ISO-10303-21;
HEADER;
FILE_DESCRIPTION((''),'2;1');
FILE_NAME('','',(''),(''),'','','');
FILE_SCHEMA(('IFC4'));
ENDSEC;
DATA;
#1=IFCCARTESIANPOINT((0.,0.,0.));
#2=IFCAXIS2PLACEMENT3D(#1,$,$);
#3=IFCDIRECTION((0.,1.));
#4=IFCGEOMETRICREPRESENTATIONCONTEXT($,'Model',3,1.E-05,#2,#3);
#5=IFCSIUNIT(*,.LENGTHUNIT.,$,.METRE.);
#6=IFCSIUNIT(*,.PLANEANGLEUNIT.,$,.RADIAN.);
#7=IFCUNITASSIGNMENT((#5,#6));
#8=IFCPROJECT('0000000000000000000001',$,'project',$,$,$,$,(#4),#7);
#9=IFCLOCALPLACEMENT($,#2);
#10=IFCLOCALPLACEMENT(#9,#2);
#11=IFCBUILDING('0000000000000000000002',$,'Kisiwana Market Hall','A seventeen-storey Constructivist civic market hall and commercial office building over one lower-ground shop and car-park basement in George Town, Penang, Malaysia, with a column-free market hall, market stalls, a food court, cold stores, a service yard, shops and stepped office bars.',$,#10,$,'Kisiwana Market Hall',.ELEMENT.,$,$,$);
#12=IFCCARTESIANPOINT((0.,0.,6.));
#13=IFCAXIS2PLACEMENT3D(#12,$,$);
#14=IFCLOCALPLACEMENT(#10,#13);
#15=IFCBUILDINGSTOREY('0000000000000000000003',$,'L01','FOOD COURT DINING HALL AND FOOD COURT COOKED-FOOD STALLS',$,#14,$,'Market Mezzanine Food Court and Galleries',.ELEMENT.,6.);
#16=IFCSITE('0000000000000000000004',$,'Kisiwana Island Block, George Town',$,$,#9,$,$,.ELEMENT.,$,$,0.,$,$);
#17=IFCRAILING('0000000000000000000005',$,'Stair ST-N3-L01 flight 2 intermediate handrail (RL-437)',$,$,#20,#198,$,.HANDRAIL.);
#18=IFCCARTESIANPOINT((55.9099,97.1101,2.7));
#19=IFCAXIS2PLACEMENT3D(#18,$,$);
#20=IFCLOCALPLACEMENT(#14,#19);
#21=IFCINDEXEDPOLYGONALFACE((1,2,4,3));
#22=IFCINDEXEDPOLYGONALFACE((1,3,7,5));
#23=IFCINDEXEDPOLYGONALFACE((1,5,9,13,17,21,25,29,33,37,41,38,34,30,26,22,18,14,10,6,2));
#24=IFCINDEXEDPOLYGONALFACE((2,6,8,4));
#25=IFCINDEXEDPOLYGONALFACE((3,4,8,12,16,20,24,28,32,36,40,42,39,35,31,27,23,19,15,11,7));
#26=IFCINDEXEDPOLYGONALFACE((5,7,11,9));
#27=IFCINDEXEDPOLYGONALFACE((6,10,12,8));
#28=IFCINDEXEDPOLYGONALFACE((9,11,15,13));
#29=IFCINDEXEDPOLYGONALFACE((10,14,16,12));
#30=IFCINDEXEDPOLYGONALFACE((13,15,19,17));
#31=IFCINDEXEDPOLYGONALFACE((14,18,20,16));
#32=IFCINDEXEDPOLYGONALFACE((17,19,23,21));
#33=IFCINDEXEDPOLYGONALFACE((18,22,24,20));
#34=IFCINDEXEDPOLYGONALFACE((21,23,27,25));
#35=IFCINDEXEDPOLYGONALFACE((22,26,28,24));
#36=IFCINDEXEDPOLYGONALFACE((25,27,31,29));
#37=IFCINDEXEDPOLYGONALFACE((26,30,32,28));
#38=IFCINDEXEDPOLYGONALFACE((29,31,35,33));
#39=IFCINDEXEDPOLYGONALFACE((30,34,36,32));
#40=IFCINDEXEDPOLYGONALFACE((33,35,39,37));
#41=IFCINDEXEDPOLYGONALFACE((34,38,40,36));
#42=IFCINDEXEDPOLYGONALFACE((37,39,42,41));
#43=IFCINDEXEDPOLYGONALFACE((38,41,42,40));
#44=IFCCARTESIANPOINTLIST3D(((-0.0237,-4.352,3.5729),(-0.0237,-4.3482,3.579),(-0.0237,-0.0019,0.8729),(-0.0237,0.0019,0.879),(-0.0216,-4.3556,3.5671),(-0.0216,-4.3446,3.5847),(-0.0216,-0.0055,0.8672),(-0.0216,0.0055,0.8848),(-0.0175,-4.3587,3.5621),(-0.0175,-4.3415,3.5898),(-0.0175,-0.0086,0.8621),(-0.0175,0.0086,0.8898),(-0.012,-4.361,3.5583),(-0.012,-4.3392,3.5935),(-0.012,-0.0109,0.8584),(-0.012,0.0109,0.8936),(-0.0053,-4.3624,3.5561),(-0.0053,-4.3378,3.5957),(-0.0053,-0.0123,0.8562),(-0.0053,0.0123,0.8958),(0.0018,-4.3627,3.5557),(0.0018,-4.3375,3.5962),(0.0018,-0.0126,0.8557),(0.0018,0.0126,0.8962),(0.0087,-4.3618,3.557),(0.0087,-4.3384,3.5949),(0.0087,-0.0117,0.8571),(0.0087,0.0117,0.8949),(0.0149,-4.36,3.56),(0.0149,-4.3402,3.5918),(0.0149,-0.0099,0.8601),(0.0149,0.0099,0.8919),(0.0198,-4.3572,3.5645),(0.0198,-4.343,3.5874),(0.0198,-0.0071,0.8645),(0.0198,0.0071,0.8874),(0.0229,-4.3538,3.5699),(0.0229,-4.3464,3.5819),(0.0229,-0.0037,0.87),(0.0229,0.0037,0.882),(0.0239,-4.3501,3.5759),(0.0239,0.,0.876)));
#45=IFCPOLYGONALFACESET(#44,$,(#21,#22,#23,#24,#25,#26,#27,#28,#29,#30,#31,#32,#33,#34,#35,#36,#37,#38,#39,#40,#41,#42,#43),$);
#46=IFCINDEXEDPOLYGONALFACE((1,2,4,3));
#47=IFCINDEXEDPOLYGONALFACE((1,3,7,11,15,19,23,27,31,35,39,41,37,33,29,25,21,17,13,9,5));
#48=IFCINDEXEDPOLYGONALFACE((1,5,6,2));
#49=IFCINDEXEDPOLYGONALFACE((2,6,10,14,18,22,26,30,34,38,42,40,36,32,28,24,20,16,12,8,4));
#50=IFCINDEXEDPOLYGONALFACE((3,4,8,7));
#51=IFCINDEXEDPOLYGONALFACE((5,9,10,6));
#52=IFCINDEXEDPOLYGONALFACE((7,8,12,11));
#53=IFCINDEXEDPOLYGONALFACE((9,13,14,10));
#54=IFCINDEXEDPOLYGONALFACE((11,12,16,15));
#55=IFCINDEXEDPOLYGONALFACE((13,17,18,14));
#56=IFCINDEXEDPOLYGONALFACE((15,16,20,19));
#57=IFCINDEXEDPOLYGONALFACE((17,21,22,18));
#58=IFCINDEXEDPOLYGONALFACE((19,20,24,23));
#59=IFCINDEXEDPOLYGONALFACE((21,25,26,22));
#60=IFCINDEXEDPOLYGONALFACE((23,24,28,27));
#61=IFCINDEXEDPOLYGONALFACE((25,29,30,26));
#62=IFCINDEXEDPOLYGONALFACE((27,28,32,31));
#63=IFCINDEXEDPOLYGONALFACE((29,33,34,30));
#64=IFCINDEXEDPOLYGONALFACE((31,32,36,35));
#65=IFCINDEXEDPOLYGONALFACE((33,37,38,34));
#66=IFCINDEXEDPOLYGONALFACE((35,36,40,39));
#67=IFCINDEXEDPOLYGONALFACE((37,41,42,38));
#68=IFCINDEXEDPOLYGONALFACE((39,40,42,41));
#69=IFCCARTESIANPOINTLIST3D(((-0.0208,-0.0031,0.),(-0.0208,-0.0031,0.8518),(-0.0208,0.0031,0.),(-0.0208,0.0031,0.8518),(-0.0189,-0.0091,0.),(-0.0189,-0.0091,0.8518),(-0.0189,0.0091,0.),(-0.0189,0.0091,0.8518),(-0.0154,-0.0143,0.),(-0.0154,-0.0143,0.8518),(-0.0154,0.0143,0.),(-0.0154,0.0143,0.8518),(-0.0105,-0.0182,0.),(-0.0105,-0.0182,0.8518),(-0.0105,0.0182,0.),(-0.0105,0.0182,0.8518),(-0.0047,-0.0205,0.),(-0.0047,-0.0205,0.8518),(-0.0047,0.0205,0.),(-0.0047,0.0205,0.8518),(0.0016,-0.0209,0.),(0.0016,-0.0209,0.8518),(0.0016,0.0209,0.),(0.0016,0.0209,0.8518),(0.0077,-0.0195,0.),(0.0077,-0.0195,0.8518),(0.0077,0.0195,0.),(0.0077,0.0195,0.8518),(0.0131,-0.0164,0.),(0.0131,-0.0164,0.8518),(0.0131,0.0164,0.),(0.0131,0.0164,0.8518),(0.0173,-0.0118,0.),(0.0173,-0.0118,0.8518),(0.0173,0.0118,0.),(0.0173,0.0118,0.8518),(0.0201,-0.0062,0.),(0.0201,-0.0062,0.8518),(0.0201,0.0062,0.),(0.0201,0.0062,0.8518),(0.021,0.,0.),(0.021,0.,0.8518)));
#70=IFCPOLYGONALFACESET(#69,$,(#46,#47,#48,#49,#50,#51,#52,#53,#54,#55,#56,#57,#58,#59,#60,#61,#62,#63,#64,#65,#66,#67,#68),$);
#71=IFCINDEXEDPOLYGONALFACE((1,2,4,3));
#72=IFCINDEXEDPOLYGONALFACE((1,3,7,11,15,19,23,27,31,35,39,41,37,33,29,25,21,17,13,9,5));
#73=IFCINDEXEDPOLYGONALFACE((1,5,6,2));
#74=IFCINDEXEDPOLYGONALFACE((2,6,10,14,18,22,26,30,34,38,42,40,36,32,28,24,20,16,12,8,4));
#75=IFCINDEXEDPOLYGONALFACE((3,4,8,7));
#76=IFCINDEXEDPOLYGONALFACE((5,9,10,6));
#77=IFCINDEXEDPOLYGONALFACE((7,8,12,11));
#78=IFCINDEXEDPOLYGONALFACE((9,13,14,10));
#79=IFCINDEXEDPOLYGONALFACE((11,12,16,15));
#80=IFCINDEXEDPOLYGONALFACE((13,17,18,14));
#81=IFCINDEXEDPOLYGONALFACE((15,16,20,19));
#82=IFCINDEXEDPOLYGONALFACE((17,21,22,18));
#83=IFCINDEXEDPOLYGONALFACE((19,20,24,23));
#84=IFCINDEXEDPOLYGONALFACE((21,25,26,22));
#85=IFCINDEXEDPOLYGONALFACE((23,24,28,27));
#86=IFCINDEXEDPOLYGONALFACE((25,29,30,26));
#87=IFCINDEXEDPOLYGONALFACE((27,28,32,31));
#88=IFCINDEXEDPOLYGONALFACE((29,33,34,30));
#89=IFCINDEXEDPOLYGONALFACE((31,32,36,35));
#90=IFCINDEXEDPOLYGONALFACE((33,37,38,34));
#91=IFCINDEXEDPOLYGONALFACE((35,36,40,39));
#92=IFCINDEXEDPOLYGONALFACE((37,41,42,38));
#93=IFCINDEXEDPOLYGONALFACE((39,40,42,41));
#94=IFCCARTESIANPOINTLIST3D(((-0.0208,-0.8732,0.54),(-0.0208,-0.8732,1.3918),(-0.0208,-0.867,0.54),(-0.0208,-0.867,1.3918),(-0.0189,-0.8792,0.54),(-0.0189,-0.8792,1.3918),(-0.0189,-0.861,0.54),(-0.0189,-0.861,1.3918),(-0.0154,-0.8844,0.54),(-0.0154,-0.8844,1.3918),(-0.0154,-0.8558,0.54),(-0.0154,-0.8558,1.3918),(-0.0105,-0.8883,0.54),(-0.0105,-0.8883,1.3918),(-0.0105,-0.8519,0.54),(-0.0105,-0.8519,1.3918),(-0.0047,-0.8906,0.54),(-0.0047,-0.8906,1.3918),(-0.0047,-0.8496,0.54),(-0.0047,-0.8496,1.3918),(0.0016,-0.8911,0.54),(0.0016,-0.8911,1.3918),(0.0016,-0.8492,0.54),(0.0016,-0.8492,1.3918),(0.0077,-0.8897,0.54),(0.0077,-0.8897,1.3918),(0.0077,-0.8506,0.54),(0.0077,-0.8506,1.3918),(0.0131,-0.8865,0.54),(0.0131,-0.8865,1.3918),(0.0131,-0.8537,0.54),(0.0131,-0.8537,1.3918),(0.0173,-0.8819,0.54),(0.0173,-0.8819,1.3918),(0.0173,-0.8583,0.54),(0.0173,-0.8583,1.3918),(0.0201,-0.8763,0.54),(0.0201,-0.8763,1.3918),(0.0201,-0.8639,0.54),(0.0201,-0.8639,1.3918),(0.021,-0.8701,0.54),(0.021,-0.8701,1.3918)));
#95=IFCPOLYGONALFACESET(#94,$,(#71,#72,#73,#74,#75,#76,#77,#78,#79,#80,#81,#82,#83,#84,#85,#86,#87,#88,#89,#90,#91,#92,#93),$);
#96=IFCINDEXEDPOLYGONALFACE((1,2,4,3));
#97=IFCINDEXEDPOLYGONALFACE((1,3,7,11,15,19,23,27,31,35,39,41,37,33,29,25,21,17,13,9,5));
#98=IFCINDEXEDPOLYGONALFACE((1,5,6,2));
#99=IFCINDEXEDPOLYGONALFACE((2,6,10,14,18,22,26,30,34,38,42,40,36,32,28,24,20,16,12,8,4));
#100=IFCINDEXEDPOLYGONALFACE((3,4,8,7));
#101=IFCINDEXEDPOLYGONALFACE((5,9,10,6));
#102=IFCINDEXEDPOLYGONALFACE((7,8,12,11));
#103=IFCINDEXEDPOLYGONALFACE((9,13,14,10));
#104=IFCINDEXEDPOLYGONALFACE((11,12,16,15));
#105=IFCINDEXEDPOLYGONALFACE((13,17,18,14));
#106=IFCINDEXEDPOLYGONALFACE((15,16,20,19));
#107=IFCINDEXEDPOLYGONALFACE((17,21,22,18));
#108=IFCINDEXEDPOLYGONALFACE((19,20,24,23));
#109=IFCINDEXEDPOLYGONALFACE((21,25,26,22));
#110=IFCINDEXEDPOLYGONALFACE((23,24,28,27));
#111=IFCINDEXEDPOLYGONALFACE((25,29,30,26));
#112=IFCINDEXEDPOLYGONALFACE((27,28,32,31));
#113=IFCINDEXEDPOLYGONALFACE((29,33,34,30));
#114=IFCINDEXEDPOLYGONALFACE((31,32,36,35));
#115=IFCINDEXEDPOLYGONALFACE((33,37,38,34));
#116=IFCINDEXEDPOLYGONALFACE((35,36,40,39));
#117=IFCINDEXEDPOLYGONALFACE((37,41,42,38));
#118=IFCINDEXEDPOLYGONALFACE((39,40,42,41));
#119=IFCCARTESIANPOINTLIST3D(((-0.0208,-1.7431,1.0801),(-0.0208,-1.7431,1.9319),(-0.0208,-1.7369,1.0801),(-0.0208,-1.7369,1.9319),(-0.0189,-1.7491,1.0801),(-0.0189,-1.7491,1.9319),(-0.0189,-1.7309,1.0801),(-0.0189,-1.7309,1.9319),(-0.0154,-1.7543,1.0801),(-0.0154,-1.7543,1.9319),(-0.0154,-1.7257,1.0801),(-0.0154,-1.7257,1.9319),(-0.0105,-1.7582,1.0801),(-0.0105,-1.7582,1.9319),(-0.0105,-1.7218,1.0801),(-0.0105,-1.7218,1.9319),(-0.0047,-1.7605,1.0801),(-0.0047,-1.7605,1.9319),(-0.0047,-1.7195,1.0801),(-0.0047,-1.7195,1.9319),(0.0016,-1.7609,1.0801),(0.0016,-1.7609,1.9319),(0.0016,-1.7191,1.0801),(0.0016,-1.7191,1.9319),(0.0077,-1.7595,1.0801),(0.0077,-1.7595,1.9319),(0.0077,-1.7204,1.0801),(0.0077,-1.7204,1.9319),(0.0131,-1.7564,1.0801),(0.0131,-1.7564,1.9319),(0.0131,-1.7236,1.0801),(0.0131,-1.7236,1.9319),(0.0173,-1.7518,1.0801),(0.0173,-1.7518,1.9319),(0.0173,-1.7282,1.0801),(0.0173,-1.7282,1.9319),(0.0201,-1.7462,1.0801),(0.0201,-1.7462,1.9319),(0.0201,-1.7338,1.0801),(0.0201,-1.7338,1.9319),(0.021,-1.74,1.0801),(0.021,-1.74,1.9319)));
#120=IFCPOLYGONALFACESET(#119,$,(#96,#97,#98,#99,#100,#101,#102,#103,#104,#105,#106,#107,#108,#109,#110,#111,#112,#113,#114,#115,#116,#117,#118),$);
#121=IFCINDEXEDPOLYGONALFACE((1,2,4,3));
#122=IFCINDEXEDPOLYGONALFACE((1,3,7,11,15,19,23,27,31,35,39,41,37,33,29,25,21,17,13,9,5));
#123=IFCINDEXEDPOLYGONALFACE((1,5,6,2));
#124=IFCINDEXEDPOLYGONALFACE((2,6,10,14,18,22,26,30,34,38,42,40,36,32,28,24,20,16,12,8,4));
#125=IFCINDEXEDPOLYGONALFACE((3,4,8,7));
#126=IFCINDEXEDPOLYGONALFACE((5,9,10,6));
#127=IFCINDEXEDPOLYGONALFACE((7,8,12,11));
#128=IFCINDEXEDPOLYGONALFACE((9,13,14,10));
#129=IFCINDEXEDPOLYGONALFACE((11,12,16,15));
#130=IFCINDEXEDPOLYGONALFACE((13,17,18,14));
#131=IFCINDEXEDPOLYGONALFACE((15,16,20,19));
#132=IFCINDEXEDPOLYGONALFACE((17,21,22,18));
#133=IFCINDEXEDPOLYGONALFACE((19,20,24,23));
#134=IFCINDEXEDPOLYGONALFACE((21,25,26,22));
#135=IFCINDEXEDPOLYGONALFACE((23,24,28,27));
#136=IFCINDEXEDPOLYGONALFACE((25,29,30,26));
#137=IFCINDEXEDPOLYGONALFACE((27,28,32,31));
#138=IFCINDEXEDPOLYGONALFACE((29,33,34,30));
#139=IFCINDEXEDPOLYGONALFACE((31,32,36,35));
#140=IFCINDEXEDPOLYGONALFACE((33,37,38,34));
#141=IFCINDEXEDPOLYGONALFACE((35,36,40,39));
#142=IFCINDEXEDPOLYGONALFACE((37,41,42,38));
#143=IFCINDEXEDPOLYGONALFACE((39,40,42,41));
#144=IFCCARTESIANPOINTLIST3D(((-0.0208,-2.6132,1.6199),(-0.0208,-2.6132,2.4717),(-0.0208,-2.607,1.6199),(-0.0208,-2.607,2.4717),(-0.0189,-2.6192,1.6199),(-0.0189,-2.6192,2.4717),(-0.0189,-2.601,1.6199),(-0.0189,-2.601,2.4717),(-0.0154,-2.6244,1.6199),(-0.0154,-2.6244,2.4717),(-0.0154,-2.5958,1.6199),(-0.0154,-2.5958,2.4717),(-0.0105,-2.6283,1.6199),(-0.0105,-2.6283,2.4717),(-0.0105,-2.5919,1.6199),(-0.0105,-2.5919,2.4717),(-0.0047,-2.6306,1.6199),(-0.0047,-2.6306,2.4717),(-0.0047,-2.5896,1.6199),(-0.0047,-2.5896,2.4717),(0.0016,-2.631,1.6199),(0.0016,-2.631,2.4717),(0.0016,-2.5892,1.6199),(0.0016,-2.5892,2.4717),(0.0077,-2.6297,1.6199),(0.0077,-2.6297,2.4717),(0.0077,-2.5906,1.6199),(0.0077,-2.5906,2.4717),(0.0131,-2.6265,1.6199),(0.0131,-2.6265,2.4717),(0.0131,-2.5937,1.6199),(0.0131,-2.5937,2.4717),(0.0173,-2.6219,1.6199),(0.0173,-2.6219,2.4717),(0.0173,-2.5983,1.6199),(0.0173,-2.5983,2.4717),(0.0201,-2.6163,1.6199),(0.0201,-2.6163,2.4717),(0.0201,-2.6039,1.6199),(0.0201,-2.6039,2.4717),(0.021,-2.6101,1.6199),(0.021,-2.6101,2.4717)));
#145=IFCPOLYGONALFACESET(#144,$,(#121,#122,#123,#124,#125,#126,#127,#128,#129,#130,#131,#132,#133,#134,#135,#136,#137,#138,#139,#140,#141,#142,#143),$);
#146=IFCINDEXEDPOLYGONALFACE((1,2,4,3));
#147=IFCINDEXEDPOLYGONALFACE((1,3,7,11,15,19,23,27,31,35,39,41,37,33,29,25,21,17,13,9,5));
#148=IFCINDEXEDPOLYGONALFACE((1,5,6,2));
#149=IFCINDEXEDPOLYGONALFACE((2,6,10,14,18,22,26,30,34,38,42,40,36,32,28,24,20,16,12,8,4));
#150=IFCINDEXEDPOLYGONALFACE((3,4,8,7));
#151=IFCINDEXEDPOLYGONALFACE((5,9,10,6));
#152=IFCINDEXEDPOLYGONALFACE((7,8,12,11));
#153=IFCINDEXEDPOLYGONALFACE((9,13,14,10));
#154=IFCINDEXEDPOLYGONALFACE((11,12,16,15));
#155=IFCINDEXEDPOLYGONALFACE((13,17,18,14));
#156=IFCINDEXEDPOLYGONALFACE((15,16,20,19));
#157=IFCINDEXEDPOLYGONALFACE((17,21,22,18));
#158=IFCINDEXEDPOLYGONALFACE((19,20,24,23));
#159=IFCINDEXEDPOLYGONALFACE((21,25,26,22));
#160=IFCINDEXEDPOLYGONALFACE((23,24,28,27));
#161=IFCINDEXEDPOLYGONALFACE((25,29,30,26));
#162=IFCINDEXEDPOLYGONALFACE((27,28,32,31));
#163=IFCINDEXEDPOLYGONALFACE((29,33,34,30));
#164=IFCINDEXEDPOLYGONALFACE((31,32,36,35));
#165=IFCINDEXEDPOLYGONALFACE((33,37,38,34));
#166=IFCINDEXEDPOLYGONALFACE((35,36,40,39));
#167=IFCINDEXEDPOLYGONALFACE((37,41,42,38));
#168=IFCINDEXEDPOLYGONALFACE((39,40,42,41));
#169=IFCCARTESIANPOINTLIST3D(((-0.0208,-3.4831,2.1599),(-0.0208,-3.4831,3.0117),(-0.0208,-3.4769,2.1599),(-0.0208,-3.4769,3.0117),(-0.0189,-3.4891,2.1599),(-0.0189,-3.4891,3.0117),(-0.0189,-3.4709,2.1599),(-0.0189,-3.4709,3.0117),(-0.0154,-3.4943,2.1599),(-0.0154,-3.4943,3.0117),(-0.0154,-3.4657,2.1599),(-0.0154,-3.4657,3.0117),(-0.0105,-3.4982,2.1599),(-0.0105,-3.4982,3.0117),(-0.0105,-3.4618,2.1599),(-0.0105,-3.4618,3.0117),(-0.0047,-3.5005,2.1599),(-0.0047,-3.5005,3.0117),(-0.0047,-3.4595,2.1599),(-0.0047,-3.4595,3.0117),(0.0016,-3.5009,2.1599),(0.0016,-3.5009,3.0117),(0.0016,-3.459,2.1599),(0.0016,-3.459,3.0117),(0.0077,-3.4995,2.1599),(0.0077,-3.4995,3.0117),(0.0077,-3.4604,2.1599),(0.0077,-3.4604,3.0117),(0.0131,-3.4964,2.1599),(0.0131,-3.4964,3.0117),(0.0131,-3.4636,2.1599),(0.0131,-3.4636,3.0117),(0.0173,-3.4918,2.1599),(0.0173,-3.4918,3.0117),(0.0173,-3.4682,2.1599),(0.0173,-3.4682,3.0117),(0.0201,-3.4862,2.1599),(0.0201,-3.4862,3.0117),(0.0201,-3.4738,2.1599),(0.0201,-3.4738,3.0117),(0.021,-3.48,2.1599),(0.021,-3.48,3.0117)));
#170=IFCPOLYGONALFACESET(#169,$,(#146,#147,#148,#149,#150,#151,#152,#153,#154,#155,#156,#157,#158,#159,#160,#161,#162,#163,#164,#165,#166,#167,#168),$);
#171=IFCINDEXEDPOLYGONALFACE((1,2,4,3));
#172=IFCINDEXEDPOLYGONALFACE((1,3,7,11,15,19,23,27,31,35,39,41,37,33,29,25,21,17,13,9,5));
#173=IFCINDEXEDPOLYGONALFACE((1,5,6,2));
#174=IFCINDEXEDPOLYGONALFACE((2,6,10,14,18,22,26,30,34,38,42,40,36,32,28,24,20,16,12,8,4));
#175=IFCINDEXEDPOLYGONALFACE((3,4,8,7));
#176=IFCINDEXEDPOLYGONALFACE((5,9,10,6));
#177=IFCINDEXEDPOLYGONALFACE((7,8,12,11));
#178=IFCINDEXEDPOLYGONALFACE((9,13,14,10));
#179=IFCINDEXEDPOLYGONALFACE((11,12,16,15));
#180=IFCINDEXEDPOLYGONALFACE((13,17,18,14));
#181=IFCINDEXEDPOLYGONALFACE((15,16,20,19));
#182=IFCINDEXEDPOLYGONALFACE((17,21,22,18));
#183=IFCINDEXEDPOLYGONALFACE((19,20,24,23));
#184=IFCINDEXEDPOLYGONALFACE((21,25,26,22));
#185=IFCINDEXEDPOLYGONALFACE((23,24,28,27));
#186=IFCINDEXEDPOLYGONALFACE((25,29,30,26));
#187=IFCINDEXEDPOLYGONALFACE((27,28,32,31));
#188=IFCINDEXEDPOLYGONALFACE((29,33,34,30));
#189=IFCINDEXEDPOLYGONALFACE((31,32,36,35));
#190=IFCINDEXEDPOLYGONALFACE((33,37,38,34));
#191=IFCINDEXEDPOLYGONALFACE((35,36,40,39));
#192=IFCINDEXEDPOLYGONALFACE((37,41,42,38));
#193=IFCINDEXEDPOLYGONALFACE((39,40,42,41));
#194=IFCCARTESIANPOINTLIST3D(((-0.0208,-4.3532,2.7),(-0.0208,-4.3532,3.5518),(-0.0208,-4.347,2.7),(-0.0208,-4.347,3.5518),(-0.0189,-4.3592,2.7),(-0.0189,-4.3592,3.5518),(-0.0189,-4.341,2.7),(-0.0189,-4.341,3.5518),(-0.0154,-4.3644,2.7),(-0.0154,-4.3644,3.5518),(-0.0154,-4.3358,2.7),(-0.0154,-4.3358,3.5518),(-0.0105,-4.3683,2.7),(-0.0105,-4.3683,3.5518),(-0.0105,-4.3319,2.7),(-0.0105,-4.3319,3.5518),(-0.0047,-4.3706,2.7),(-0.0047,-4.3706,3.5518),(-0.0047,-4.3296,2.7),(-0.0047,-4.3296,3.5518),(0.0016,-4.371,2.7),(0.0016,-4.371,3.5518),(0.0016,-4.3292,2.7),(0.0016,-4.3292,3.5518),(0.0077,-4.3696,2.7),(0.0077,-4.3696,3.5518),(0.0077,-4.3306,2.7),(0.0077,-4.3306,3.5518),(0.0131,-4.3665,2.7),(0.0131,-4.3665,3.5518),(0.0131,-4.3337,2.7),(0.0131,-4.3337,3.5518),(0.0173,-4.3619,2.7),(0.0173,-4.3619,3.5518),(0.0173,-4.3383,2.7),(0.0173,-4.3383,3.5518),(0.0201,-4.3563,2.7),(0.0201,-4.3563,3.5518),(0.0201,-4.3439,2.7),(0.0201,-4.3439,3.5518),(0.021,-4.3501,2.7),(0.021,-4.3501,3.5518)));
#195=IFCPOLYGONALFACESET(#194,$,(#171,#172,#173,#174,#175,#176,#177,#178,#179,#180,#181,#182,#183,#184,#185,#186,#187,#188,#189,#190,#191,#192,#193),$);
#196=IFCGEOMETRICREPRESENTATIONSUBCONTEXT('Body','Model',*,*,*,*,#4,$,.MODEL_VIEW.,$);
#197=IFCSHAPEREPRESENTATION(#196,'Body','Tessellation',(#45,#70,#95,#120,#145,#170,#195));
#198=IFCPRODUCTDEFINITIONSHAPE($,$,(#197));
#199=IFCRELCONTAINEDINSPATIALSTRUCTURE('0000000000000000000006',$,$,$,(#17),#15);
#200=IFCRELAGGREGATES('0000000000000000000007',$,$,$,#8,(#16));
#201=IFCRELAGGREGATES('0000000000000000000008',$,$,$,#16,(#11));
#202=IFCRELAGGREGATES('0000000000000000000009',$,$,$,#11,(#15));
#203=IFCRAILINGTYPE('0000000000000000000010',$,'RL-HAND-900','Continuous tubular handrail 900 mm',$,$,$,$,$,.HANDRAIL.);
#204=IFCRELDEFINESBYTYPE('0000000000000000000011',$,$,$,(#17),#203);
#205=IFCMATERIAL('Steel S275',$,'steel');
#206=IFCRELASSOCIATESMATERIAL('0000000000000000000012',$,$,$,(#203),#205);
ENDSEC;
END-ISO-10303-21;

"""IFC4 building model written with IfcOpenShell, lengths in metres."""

from ifc_helpers import new_model, si_unit, direction, frame, origin, origin_2d, place, context, subcontext, project, spatial, circle, extrude, material, type_object, element, save


model = new_model("IFC4")

# Units and contexts
model_context = context("Model", 3, precision=1e-05, world=origin(), true_north=direction((0.0, 1.0)))
body_context = subcontext(model_context, "Body", "Model", "MODEL_VIEW")
ifc_project = project(units=[si_unit("LENGTHUNIT", "METRE"), si_unit("PLANEANGLEUNIT", "RADIAN")], contexts=[model_context])

# Site, building, storey
site_placement = place(None, origin())
site = spatial("IfcSite", under=ifc_project, at=site_placement, Name="Kisiwana Island Block, George Town", CompositionType="ELEMENT", RefElevation=0.0)
building_placement = place(site_placement, origin())
building = spatial("IfcBuilding", under=site, at=building_placement, Name="Kisiwana Market Hall", Description="A seventeen-storey Constructivist civic market hall and commercial office building over one lower-ground shop and car-park basement in George Town, Penang, Malaysia, with a column-free market hall, market stalls, a food court, cold stores, a service yard, shops and stepped office bars.", LongName="Kisiwana Market Hall", CompositionType="ELEMENT")
storey_placement = place(building_placement, frame((0.0, 0.0, 6.0)))
storey = spatial("IfcBuildingStorey", under=building, at=storey_placement, Name="L01", Description="FOOD COURT DINING HALL AND FOOD COURT COOKED-FOOD STALLS", LongName="Market Mezzanine Food Court and Galleries", CompositionType="ELEMENT", Elevation=6.0)

# Railing
ifc_material_1 = material(Name="Steel S275", Category="steel")
railing_type = type_object("IfcRailingType", Name="RL-HAND-900", Description="Continuous tubular handrail 900 mm", PredefinedType="HANDRAIL", material=ifc_material_1)
for number, where, name in (
    (1, (55.9099, 97.1101, 2.7), "Stair ST-N3-L01 flight 2 intermediate handrail (RL-437)"),
):
    element("IfcRailing", number, at=place(storey_placement, frame(where)), inside=storey, type_object=railing_type, Name=name, PredefinedType="HANDRAIL", context=body_context, shape_type="SweptSolid", body=[
        extrude(circle(Radius=0.0239, at=origin_2d()), frame((0.0, 0.0, 0.876), z_axis=(0.0, -0.84965, 0.527347), x_axis=(1.0, 0.0, 0.0)), (0.0, 0.0, 1.0), 5.1199),
        extrude(circle(Radius=0.021, at=origin_2d()), origin(), (0.0, 0.0, 1.0), 0.8518),
        extrude(circle(Radius=0.021, at=origin_2d()), frame((0.0, -0.8701, 0.54)), (0.0, 0.0, 1.0), 0.8518),
        extrude(circle(Radius=0.021, at=origin_2d()), frame((0.0, -1.74, 1.0801)), (0.0, 0.0, 1.0), 0.8518),
        extrude(circle(Radius=0.021, at=origin_2d()), frame((0.0, -2.6101, 1.6199)), (0.0, 0.0, 1.0), 0.8518),
        extrude(circle(Radius=0.021, at=origin_2d()), frame((0.0, -3.48, 2.1599)), (0.0, 0.0, 1.0), 0.8518),
        extrude(circle(Radius=0.021, at=origin_2d()), frame((0.0, -4.3501, 2.7)), (0.0, 0.0, 1.0), 0.8518),
    ])

save(model, "model.ifc")
